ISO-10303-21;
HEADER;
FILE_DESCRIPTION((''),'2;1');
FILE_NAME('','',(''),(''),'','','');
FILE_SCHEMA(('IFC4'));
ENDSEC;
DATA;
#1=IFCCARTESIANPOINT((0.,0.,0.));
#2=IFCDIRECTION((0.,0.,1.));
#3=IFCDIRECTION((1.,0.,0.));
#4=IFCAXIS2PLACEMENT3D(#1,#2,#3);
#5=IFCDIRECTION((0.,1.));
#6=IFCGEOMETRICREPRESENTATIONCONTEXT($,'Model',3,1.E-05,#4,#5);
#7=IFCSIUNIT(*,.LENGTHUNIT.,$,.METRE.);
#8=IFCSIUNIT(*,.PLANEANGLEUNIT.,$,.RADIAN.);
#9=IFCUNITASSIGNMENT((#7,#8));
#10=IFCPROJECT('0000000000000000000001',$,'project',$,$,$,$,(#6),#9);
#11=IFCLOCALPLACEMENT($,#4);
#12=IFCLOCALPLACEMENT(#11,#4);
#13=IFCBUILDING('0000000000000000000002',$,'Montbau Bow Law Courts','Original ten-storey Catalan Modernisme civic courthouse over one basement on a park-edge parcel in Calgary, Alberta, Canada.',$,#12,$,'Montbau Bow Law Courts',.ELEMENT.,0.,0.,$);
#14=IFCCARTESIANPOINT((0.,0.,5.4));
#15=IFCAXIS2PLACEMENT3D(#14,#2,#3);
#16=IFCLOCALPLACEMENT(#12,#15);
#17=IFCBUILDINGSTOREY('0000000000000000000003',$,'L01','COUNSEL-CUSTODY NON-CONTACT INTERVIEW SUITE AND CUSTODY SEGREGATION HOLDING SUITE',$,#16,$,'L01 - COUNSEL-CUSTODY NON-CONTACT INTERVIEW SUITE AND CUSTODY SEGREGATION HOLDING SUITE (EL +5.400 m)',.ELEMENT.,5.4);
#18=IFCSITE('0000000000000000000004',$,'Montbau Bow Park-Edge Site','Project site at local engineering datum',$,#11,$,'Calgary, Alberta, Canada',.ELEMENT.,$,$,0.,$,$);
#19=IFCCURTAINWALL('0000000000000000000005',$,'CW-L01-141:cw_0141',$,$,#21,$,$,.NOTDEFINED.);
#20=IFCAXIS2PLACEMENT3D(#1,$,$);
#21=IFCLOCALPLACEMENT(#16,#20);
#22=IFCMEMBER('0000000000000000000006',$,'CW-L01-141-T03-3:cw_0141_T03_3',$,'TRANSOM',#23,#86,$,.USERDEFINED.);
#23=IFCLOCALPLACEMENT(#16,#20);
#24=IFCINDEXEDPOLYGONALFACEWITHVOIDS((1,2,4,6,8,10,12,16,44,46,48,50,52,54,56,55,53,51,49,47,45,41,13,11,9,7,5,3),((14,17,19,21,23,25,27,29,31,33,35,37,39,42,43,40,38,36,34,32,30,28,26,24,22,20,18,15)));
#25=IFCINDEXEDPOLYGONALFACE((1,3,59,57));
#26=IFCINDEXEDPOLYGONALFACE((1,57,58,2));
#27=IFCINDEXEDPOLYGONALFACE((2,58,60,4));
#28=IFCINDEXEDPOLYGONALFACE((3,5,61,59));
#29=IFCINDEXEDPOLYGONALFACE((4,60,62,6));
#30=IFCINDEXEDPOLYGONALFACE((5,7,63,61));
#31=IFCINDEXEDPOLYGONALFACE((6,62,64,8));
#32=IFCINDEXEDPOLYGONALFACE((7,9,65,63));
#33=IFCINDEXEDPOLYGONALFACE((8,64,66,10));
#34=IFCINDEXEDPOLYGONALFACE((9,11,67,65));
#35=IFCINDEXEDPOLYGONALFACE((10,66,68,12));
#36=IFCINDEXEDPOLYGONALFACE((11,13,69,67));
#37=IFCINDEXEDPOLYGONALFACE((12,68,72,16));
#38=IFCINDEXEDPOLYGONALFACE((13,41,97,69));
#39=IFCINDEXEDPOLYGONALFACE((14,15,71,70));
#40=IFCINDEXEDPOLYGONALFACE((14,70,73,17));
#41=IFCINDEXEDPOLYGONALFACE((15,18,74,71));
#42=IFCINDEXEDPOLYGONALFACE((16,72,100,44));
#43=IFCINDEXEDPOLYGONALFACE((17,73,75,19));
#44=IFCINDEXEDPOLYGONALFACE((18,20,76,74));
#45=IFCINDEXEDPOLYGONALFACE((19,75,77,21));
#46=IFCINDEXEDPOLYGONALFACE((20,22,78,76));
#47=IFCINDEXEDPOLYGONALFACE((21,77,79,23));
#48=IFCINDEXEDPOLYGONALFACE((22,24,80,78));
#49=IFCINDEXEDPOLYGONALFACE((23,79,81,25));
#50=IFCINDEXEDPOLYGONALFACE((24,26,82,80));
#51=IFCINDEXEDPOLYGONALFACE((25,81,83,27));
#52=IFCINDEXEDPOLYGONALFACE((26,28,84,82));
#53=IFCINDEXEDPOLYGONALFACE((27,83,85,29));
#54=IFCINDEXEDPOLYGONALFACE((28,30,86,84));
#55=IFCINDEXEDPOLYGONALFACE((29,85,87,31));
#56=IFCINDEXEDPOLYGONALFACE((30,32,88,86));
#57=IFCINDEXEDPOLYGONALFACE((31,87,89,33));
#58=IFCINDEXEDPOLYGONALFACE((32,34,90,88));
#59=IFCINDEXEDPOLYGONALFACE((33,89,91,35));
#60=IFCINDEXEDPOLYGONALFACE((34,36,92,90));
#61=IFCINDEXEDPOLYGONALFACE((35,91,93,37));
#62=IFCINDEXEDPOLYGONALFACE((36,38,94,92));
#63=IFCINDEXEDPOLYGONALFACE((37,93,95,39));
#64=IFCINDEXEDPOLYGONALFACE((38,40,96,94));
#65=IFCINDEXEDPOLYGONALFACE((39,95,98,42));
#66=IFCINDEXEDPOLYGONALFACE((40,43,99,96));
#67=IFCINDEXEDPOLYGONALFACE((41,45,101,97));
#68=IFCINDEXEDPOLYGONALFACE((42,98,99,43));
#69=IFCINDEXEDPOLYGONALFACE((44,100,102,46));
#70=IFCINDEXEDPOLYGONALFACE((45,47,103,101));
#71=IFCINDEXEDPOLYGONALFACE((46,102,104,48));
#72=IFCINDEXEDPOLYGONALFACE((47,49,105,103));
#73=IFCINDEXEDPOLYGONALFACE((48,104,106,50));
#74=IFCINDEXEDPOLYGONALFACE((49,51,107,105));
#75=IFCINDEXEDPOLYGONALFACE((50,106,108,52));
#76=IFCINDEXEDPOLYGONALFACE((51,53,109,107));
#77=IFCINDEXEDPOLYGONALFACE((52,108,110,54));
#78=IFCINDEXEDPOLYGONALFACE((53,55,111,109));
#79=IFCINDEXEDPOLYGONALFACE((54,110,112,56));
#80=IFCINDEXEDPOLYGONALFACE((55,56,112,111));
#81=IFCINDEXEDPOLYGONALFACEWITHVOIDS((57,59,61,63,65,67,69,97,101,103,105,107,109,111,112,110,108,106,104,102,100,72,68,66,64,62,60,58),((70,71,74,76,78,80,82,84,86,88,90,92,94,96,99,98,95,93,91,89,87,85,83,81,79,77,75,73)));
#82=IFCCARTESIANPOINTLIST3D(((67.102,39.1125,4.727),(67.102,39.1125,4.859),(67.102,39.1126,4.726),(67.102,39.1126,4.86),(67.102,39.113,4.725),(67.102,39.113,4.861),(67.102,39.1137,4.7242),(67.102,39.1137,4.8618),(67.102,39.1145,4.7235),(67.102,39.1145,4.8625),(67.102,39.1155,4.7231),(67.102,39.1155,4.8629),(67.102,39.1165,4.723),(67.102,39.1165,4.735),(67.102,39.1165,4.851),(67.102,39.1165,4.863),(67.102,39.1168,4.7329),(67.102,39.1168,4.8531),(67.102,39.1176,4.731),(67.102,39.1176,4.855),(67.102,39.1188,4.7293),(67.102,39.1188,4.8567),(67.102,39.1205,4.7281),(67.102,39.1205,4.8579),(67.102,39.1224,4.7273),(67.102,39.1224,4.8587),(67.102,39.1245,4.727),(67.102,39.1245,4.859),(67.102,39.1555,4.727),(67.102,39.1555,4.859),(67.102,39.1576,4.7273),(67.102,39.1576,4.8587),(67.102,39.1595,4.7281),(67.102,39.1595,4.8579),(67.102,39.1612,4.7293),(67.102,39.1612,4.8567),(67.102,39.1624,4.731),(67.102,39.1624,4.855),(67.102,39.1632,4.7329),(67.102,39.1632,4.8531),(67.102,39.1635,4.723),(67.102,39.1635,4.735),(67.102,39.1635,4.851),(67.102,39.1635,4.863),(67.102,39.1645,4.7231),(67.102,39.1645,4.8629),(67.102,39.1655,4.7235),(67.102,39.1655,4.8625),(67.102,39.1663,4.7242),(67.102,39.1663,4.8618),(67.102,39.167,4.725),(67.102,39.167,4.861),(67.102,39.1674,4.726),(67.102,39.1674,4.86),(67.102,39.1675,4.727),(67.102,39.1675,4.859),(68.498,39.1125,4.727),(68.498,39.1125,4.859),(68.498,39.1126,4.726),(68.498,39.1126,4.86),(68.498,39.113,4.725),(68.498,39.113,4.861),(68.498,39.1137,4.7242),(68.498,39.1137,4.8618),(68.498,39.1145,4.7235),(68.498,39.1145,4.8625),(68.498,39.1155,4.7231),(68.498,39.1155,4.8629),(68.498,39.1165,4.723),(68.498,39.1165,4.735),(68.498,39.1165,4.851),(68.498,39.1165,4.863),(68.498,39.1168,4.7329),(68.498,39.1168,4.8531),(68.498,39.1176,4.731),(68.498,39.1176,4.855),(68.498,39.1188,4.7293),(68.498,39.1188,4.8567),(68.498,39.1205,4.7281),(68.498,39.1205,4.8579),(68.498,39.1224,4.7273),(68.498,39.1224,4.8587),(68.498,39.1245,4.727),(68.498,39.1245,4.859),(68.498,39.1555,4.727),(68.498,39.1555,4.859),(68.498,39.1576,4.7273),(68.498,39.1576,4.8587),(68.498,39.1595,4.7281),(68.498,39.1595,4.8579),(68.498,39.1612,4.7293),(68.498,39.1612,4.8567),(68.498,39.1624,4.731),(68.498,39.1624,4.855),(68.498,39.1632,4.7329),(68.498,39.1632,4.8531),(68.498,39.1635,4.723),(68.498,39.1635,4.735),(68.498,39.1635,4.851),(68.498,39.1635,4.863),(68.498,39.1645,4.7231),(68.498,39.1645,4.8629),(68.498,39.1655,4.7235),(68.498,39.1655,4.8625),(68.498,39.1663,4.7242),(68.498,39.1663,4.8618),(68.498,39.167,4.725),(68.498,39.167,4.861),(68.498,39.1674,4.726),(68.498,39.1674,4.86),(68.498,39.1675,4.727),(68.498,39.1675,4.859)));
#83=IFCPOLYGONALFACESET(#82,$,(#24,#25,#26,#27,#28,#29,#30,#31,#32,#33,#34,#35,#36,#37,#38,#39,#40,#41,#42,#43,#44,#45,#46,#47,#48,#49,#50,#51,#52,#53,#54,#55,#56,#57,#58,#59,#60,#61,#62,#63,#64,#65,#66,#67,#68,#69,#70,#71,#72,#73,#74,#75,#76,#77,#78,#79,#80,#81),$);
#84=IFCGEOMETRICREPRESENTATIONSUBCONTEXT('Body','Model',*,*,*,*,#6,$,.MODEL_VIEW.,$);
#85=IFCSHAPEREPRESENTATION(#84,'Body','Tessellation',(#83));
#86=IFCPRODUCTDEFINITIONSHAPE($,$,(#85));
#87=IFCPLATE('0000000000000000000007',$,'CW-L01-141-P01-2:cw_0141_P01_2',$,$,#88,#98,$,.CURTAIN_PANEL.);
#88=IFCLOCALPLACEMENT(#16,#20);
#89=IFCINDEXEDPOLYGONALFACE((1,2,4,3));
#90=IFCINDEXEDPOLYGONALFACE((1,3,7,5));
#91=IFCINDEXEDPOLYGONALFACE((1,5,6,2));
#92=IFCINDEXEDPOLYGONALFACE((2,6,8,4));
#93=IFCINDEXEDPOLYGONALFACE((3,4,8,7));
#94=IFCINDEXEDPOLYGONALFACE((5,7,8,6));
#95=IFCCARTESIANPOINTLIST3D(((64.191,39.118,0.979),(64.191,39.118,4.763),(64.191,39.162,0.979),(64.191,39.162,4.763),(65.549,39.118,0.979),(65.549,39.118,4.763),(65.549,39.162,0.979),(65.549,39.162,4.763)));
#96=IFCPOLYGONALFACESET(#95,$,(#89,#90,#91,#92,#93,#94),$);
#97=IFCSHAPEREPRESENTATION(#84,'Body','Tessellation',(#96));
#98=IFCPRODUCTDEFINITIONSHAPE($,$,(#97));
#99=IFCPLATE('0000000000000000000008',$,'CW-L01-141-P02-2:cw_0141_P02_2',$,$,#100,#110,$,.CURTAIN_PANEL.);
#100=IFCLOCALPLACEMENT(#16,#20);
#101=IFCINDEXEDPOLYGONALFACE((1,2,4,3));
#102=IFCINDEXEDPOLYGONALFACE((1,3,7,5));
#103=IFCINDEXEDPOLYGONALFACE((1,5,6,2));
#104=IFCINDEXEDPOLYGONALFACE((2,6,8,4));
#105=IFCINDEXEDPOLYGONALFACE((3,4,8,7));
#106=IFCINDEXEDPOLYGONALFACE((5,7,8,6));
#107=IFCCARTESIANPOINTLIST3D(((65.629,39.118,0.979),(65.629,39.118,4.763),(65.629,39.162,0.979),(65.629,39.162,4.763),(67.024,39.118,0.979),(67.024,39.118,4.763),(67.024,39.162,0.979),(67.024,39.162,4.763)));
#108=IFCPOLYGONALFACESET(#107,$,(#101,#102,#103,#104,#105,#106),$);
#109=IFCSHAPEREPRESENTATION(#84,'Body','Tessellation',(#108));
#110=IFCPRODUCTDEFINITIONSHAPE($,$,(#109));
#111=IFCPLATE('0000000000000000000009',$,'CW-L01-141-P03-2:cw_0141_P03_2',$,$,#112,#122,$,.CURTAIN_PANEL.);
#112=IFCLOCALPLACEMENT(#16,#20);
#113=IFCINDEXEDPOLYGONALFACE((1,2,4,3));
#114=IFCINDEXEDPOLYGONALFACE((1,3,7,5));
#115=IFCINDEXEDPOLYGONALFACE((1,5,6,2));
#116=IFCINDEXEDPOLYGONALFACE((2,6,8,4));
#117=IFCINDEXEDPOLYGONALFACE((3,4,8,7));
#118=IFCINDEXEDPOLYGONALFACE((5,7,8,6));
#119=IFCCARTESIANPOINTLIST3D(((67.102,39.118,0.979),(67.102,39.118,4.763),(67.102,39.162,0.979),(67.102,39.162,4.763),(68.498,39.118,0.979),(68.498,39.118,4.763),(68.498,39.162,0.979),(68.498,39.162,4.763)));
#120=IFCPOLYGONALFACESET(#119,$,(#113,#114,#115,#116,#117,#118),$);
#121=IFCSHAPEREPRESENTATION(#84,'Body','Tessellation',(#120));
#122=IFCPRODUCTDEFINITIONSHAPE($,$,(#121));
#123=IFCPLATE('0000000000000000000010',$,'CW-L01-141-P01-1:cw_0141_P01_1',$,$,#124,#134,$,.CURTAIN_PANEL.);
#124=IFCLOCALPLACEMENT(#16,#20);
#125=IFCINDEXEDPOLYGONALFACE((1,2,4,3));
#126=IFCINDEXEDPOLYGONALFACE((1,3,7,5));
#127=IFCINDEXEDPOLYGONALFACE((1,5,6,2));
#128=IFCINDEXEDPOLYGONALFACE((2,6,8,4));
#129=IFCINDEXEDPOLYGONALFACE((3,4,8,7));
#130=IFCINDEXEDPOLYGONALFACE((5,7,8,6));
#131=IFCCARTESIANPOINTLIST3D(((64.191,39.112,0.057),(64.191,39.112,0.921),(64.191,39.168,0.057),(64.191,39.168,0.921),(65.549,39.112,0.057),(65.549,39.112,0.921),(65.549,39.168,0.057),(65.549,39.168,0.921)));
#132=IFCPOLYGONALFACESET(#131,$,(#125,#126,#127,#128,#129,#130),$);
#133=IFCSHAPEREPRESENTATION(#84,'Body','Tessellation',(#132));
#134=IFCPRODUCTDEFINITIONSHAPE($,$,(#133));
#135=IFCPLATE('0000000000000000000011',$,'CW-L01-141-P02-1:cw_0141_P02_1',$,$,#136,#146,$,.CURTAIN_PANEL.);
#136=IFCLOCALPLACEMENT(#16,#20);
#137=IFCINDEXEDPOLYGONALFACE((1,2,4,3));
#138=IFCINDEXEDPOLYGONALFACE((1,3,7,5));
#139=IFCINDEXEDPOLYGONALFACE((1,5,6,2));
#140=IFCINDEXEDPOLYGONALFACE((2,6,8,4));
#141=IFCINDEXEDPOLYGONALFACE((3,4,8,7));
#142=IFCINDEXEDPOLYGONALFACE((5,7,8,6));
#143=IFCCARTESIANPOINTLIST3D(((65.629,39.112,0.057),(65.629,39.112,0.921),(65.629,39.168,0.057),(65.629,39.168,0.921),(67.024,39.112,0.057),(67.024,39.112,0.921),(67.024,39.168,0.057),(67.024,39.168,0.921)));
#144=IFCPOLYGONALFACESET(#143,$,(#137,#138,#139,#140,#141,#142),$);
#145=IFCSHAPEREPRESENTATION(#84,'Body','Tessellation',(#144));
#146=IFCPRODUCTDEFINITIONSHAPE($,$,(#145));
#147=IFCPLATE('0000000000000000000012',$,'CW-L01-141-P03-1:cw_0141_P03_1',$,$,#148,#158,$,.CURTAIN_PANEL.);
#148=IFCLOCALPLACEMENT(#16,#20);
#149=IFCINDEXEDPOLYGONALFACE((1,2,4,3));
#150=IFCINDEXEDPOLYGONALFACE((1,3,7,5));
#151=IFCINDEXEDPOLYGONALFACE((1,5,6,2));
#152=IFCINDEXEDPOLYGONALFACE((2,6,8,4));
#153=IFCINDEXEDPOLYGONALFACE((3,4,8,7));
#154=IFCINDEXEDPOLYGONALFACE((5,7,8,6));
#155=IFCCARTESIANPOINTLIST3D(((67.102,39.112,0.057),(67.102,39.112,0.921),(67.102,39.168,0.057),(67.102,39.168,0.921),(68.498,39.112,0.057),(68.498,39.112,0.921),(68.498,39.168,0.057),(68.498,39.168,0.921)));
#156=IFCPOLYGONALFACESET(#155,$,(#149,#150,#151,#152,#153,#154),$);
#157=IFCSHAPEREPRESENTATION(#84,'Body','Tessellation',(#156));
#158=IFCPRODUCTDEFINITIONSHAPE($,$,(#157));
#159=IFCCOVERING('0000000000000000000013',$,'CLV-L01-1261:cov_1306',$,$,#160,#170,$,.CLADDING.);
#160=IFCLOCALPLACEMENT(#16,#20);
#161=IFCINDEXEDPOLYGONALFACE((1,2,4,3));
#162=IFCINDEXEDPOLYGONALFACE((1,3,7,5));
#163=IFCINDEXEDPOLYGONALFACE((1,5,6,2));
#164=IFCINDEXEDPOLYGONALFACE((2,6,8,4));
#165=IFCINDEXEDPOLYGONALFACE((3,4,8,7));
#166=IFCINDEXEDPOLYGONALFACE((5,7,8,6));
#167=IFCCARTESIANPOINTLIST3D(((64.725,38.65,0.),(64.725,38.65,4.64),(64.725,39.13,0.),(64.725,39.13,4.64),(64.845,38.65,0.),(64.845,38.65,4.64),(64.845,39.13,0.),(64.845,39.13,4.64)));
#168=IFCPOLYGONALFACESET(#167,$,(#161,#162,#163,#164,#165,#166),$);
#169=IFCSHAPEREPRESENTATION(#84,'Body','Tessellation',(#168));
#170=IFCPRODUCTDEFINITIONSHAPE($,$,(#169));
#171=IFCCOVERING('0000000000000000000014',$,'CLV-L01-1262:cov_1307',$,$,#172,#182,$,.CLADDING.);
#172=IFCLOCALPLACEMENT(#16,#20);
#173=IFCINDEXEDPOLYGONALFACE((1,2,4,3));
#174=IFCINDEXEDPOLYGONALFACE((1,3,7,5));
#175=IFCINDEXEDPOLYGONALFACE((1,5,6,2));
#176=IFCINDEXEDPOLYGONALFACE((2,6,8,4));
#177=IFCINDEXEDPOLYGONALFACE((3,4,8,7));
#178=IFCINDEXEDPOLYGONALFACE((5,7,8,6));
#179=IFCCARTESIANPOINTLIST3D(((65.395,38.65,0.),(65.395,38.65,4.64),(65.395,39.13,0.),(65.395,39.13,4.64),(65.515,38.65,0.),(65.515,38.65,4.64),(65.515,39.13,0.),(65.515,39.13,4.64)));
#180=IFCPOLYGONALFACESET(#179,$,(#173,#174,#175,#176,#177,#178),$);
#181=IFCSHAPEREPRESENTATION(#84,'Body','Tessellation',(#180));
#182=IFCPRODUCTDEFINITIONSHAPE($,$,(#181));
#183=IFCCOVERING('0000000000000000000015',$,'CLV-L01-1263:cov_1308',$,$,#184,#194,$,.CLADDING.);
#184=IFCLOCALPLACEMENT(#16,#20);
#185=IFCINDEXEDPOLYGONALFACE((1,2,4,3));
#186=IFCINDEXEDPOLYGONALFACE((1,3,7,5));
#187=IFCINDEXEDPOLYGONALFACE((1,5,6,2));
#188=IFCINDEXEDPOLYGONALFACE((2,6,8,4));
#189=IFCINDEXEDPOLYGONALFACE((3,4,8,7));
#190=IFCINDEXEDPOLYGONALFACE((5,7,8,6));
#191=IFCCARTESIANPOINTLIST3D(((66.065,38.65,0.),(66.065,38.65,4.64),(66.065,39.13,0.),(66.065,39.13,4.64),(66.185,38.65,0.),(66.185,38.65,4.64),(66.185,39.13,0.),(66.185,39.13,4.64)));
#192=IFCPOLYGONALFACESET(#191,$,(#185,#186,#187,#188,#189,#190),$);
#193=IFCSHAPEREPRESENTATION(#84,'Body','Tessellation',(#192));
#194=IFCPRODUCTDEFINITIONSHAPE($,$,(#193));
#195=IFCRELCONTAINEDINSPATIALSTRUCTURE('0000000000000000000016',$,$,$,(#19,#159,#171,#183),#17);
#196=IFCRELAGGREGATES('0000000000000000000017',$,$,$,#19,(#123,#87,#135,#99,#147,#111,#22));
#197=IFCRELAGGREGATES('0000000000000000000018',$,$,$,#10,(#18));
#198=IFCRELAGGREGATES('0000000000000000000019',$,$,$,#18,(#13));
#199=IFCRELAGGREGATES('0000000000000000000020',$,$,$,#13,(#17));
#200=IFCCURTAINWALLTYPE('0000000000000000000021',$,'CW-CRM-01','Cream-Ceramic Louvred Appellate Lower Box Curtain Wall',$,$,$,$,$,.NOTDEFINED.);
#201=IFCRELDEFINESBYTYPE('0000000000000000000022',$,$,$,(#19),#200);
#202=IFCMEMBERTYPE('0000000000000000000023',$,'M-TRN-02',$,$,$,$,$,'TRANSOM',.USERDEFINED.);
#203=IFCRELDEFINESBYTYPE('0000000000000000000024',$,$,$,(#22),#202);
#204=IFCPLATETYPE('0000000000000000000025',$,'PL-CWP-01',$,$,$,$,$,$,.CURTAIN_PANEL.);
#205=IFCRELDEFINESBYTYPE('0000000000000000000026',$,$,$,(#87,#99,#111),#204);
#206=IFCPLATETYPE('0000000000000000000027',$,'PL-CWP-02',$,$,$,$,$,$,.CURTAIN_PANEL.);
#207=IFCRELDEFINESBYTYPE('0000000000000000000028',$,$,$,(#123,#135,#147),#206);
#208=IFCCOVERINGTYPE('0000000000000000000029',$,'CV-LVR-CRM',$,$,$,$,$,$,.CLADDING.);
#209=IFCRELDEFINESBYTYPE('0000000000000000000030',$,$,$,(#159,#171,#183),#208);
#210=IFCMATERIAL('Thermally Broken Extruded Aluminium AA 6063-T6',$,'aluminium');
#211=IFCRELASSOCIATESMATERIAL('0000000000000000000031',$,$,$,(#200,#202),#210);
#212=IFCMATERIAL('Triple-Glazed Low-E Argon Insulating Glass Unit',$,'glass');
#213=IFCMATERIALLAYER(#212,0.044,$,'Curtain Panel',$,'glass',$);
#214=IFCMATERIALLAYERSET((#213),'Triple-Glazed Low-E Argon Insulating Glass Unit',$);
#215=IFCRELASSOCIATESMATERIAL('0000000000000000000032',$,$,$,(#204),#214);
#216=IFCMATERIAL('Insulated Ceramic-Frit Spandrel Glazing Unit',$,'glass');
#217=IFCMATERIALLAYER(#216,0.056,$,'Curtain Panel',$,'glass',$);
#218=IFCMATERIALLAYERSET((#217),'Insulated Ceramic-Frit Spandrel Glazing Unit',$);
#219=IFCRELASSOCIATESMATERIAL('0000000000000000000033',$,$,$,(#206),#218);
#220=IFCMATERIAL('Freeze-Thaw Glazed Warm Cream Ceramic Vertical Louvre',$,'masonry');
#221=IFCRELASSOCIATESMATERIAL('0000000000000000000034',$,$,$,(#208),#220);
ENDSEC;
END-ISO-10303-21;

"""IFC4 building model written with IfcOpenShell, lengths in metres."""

from ifc_helpers import new_model, si_unit, direction, frame, frame_2d, origin_with_axes, origin_2d_with_axis, place, context, subcontext, project, spatial, rectangle, hollow_rectangle, extrude, material, layer, layer_set, material_profile, profile_set, type_object, element, aggregate, save


model = new_model("IFC4")

# Units and contexts
model_context = context("Model", 3, precision=1e-05, world=origin_with_axes(), true_north=direction((0.0, 1.0)))
body_context = subcontext(model_context, "Body", "Model", "MODEL_VIEW")
ifc_project = project(units=[si_unit("LENGTHUNIT", "METRE"), si_unit("PLANEANGLEUNIT", "RADIAN")], contexts=[model_context])

# Site, building, storey
site_placement = place(None, origin_with_axes())
site = spatial("IfcSite", under=ifc_project, at=site_placement, Name="Montbau Bow Park-Edge Site", Description="Project site at local engineering datum", LongName="Calgary, Alberta, Canada", CompositionType="ELEMENT", RefElevation=0.0)
building_placement = place(site_placement, origin_with_axes())
building = spatial("IfcBuilding", under=site, at=building_placement, Name="Montbau Bow Law Courts", Description="Original ten-storey Catalan Modernisme civic courthouse over one basement on a park-edge parcel in Calgary, Alberta, Canada.", LongName="Montbau Bow Law Courts", CompositionType="ELEMENT", ElevationOfRefHeight=0.0, ElevationOfTerrain=0.0)
storey_placement = place(building_placement, frame((0.0, 0.0, 5.4), z_axis=(0.0, 0.0, 1.0), x_axis=(1.0, 0.0, 0.0)))
storey = spatial("IfcBuildingStorey", under=building, at=storey_placement, Name="L01", Description="COUNSEL-CUSTODY NON-CONTACT INTERVIEW SUITE AND CUSTODY SEGREGATION HOLDING SUITE", LongName="L01 - COUNSEL-CUSTODY NON-CONTACT INTERVIEW SUITE AND CUSTODY SEGREGATION HOLDING SUITE (EL +5.400 m)", CompositionType="ELEMENT", Elevation=5.4)

# Curtain wall, member, plates
ifc_material_1 = material(Name="Thermally Broken Extruded Aluminium AA 6063-T6", Category="aluminium")
curtain_wall_type = type_object("IfcCurtainWallType", Name="CW-CRM-01", Description="Cream-Ceramic Louvred Appellate Lower Box Curtain Wall", PredefinedType="NOTDEFINED", material=ifc_material_1)
curtain_wall_placement = place(None, frame((64.115, 39.14, 5.4), z_axis=(0.0, 0.0, 1.0), x_axis=(1.0, 0.0, 0.0)))
curtain_wall = element("IfcCurtainWall", 1, at=curtain_wall_placement, inside=storey, type_object=curtain_wall_type, Name="CW-L01-141:cw_0141", PredefinedType="NOTDEFINED")
ifc_material_profile_1 = material_profile(ifc_material_1, hollow_rectangle(XDim=0.055, YDim=0.14, WallThickness=0.004, InnerFilletRadius=0.008, OuterFilletRadius=0.004, at=origin_2d_with_axis()), Name="CWT-140X55", Category="Main", Priority=0)
ifc_profile_set_1 = profile_set([ifc_material_profile_1], Name="Thermally Broken Extruded Aluminium AA 6063-T6")
member_type_1 = type_object("IfcMemberType", Name="M-TRN-02", ElementType="TRANSOM", PredefinedType="USERDEFINED", material=ifc_profile_set_1)
member_1_placement = place(None, frame((67.102, 39.14, 10.193), z_axis=(1.0, 0.0, 0.0), x_axis=(0.0, 1.0, 0.0)))
member_1 = element("IfcMember", 2, at=member_1_placement, type_object=member_type_1, Name="CW-L01-141-T03-3:cw_0141_T03_3", ObjectType="TRANSOM", PredefinedType="USERDEFINED", context=body_context, shape_type="SweptSolid", body=[
    extrude(hollow_rectangle(XDim=0.055, YDim=0.14, WallThickness=0.004, InnerFilletRadius=0.008, OuterFilletRadius=0.004, at=origin_2d_with_axis()), origin_with_axes(), (0.0, 0.0, 1.0), 1.396),
])
ifc_material_2 = material(Name="Triple-Glazed Low-E Argon Insulating Glass Unit", Category="glass")
ifc_layer_1 = layer(ifc_material_2, 0.044, Name="Curtain Panel", Category="glass")
ifc_layer_set_1 = layer_set([ifc_layer_1], Name="Triple-Glazed Low-E Argon Insulating Glass Unit")
plate_type_1 = type_object("IfcPlateType", Name="PL-CWP-01", PredefinedType="CURTAIN_PANEL", material=ifc_layer_set_1)
plate_1_placement = place(None, frame((64.191, 39.14, 6.379), z_axis=(0.0, -1.0, 0.0), x_axis=(1.0, 0.0, 0.0)))
plate_1 = element("IfcPlate", 3, at=plate_1_placement, type_object=plate_type_1, Name="CW-L01-141-P01-2:cw_0141_P01_2", PredefinedType="CURTAIN_PANEL", context=body_context, shape_type="SweptSolid", body=[
    extrude(rectangle(XDim=1.358, YDim=3.784, at=frame_2d((0.679, 1.892), x_axis=(1.0, 0.0))), frame((0.0, 0.0, -0.022), z_axis=(0.0, 0.0, 1.0), x_axis=(1.0, 0.0, 0.0)), (0.0, 0.0, 1.0), 0.044),
])
plate_2_placement = place(None, frame((65.629, 39.14, 6.379), z_axis=(0.0, -1.0, 0.0), x_axis=(1.0, 0.0, 0.0)))
plate_2 = element("IfcPlate", 4, at=plate_2_placement, type_object=plate_type_1, Name="CW-L01-141-P02-2:cw_0141_P02_2", PredefinedType="CURTAIN_PANEL", context=body_context, shape_type="SweptSolid", body=[
    extrude(rectangle(XDim=1.395, YDim=3.784, at=frame_2d((0.6975, 1.892), x_axis=(1.0, 0.0))), frame((0.0, 0.0, -0.022), z_axis=(0.0, 0.0, 1.0), x_axis=(1.0, 0.0, 0.0)), (0.0, 0.0, 1.0), 0.044),
])
plate_3_placement = place(None, frame((67.102, 39.14, 6.379), z_axis=(0.0, -1.0, 0.0), x_axis=(1.0, 0.0, 0.0)))
plate_3 = element("IfcPlate", 5, at=plate_3_placement, type_object=plate_type_1, Name="CW-L01-141-P03-2:cw_0141_P03_2", PredefinedType="CURTAIN_PANEL", context=body_context, shape_type="SweptSolid", body=[
    extrude(rectangle(XDim=1.396, YDim=3.784, at=frame_2d((0.698, 1.892), x_axis=(1.0, 0.0))), frame((0.0, 0.0, -0.022), z_axis=(0.0, 0.0, 1.0), x_axis=(1.0, 0.0, 0.0)), (0.0, 0.0, 1.0), 0.044),
])
ifc_material_3 = material(Name="Insulated Ceramic-Frit Spandrel Glazing Unit", Category="glass")
ifc_layer_2 = layer(ifc_material_3, 0.056, Name="Curtain Panel", Category="glass")
ifc_layer_set_2 = layer_set([ifc_layer_2], Name="Insulated Ceramic-Frit Spandrel Glazing Unit")
plate_type_2 = type_object("IfcPlateType", Name="PL-CWP-02", PredefinedType="CURTAIN_PANEL", material=ifc_layer_set_2)
plate_4_placement = place(None, frame((64.191, 39.14, 5.457), z_axis=(0.0, -1.0, 0.0), x_axis=(1.0, 0.0, 0.0)))
plate_4 = element("IfcPlate", 6, at=plate_4_placement, type_object=plate_type_2, Name="CW-L01-141-P01-1:cw_0141_P01_1", PredefinedType="CURTAIN_PANEL", context=body_context, shape_type="SweptSolid", body=[
    extrude(rectangle(XDim=1.358, YDim=0.864, at=frame_2d((0.679, 0.432), x_axis=(1.0, 0.0))), frame((0.0, 0.0, -0.028), z_axis=(0.0, 0.0, 1.0), x_axis=(1.0, 0.0, 0.0)), (0.0, 0.0, 1.0), 0.056),
])
plate_5_placement = place(None, frame((65.629, 39.14, 5.457), z_axis=(0.0, -1.0, 0.0), x_axis=(1.0, 0.0, 0.0)))
plate_5 = element("IfcPlate", 7, at=plate_5_placement, type_object=plate_type_2, Name="CW-L01-141-P02-1:cw_0141_P02_1", PredefinedType="CURTAIN_PANEL", context=body_context, shape_type="SweptSolid", body=[
    extrude(rectangle(XDim=1.395, YDim=0.864, at=frame_2d((0.6975, 0.432), x_axis=(1.0, 0.0))), frame((0.0, 0.0, -0.028), z_axis=(0.0, 0.0, 1.0), x_axis=(1.0, 0.0, 0.0)), (0.0, 0.0, 1.0), 0.056),
])
plate_6_placement = place(None, frame((67.102, 39.14, 5.457), z_axis=(0.0, -1.0, 0.0), x_axis=(1.0, 0.0, 0.0)))
plate_6 = element("IfcPlate", 8, at=plate_6_placement, type_object=plate_type_2, Name="CW-L01-141-P03-1:cw_0141_P03_1", PredefinedType="CURTAIN_PANEL", context=body_context, shape_type="SweptSolid", body=[
    extrude(rectangle(XDim=1.396, YDim=0.864, at=frame_2d((0.698, 0.432), x_axis=(1.0, 0.0))), frame((0.0, 0.0, -0.028), z_axis=(0.0, 0.0, 1.0), x_axis=(1.0, 0.0, 0.0)), (0.0, 0.0, 1.0), 0.056),
])
aggregate(curtain_wall, [plate_4, plate_1, plate_5, plate_2, plate_6, plate_3, member_1])

# Coverings
ifc_material_4 = material(Name="Freeze-Thaw Glazed Warm Cream Ceramic Vertical Louvre", Category="masonry")
covering_type = type_object("IfcCoveringType", Name="CV-LVR-CRM", PredefinedType="CLADDING", material=ifc_material_4)
for number, where, z_axis, x_axis, name in (
    (9, (64.785, 39.13, 5.4), (-1.0, 0.0, 0.0), (0.0, -1.0, 0.0), "CLV-L01-1261:cov_1306"),
    (10, (65.455, 39.13, 5.4), (-1.0, 0.0, 0.0), (0.0, -1.0, 0.0), "CLV-L01-1262:cov_1307"),
    (11, (66.125, 39.13, 5.4), (-1.0, 0.0, 0.0), (0.0, -1.0, 0.0), "CLV-L01-1263:cov_1308"),
):
    element("IfcCovering", number, at=place(None, frame(where, z_axis=z_axis, x_axis=x_axis)), inside=storey, type_object=covering_type, Name=name, PredefinedType="CLADDING", context=body_context, shape_type="SweptSolid", body=[
        extrude(rectangle(XDim=0.48, YDim=4.64, at=frame_2d((0.24, 2.32), x_axis=(1.0, 0.0))), frame((0.0, 0.0, -0.06), z_axis=(0.0, 0.0, 1.0), x_axis=(1.0, 0.0, 0.0)), (0.0, 0.0, 1.0), 0.12),
    ])

save(model, "model.ifc")
